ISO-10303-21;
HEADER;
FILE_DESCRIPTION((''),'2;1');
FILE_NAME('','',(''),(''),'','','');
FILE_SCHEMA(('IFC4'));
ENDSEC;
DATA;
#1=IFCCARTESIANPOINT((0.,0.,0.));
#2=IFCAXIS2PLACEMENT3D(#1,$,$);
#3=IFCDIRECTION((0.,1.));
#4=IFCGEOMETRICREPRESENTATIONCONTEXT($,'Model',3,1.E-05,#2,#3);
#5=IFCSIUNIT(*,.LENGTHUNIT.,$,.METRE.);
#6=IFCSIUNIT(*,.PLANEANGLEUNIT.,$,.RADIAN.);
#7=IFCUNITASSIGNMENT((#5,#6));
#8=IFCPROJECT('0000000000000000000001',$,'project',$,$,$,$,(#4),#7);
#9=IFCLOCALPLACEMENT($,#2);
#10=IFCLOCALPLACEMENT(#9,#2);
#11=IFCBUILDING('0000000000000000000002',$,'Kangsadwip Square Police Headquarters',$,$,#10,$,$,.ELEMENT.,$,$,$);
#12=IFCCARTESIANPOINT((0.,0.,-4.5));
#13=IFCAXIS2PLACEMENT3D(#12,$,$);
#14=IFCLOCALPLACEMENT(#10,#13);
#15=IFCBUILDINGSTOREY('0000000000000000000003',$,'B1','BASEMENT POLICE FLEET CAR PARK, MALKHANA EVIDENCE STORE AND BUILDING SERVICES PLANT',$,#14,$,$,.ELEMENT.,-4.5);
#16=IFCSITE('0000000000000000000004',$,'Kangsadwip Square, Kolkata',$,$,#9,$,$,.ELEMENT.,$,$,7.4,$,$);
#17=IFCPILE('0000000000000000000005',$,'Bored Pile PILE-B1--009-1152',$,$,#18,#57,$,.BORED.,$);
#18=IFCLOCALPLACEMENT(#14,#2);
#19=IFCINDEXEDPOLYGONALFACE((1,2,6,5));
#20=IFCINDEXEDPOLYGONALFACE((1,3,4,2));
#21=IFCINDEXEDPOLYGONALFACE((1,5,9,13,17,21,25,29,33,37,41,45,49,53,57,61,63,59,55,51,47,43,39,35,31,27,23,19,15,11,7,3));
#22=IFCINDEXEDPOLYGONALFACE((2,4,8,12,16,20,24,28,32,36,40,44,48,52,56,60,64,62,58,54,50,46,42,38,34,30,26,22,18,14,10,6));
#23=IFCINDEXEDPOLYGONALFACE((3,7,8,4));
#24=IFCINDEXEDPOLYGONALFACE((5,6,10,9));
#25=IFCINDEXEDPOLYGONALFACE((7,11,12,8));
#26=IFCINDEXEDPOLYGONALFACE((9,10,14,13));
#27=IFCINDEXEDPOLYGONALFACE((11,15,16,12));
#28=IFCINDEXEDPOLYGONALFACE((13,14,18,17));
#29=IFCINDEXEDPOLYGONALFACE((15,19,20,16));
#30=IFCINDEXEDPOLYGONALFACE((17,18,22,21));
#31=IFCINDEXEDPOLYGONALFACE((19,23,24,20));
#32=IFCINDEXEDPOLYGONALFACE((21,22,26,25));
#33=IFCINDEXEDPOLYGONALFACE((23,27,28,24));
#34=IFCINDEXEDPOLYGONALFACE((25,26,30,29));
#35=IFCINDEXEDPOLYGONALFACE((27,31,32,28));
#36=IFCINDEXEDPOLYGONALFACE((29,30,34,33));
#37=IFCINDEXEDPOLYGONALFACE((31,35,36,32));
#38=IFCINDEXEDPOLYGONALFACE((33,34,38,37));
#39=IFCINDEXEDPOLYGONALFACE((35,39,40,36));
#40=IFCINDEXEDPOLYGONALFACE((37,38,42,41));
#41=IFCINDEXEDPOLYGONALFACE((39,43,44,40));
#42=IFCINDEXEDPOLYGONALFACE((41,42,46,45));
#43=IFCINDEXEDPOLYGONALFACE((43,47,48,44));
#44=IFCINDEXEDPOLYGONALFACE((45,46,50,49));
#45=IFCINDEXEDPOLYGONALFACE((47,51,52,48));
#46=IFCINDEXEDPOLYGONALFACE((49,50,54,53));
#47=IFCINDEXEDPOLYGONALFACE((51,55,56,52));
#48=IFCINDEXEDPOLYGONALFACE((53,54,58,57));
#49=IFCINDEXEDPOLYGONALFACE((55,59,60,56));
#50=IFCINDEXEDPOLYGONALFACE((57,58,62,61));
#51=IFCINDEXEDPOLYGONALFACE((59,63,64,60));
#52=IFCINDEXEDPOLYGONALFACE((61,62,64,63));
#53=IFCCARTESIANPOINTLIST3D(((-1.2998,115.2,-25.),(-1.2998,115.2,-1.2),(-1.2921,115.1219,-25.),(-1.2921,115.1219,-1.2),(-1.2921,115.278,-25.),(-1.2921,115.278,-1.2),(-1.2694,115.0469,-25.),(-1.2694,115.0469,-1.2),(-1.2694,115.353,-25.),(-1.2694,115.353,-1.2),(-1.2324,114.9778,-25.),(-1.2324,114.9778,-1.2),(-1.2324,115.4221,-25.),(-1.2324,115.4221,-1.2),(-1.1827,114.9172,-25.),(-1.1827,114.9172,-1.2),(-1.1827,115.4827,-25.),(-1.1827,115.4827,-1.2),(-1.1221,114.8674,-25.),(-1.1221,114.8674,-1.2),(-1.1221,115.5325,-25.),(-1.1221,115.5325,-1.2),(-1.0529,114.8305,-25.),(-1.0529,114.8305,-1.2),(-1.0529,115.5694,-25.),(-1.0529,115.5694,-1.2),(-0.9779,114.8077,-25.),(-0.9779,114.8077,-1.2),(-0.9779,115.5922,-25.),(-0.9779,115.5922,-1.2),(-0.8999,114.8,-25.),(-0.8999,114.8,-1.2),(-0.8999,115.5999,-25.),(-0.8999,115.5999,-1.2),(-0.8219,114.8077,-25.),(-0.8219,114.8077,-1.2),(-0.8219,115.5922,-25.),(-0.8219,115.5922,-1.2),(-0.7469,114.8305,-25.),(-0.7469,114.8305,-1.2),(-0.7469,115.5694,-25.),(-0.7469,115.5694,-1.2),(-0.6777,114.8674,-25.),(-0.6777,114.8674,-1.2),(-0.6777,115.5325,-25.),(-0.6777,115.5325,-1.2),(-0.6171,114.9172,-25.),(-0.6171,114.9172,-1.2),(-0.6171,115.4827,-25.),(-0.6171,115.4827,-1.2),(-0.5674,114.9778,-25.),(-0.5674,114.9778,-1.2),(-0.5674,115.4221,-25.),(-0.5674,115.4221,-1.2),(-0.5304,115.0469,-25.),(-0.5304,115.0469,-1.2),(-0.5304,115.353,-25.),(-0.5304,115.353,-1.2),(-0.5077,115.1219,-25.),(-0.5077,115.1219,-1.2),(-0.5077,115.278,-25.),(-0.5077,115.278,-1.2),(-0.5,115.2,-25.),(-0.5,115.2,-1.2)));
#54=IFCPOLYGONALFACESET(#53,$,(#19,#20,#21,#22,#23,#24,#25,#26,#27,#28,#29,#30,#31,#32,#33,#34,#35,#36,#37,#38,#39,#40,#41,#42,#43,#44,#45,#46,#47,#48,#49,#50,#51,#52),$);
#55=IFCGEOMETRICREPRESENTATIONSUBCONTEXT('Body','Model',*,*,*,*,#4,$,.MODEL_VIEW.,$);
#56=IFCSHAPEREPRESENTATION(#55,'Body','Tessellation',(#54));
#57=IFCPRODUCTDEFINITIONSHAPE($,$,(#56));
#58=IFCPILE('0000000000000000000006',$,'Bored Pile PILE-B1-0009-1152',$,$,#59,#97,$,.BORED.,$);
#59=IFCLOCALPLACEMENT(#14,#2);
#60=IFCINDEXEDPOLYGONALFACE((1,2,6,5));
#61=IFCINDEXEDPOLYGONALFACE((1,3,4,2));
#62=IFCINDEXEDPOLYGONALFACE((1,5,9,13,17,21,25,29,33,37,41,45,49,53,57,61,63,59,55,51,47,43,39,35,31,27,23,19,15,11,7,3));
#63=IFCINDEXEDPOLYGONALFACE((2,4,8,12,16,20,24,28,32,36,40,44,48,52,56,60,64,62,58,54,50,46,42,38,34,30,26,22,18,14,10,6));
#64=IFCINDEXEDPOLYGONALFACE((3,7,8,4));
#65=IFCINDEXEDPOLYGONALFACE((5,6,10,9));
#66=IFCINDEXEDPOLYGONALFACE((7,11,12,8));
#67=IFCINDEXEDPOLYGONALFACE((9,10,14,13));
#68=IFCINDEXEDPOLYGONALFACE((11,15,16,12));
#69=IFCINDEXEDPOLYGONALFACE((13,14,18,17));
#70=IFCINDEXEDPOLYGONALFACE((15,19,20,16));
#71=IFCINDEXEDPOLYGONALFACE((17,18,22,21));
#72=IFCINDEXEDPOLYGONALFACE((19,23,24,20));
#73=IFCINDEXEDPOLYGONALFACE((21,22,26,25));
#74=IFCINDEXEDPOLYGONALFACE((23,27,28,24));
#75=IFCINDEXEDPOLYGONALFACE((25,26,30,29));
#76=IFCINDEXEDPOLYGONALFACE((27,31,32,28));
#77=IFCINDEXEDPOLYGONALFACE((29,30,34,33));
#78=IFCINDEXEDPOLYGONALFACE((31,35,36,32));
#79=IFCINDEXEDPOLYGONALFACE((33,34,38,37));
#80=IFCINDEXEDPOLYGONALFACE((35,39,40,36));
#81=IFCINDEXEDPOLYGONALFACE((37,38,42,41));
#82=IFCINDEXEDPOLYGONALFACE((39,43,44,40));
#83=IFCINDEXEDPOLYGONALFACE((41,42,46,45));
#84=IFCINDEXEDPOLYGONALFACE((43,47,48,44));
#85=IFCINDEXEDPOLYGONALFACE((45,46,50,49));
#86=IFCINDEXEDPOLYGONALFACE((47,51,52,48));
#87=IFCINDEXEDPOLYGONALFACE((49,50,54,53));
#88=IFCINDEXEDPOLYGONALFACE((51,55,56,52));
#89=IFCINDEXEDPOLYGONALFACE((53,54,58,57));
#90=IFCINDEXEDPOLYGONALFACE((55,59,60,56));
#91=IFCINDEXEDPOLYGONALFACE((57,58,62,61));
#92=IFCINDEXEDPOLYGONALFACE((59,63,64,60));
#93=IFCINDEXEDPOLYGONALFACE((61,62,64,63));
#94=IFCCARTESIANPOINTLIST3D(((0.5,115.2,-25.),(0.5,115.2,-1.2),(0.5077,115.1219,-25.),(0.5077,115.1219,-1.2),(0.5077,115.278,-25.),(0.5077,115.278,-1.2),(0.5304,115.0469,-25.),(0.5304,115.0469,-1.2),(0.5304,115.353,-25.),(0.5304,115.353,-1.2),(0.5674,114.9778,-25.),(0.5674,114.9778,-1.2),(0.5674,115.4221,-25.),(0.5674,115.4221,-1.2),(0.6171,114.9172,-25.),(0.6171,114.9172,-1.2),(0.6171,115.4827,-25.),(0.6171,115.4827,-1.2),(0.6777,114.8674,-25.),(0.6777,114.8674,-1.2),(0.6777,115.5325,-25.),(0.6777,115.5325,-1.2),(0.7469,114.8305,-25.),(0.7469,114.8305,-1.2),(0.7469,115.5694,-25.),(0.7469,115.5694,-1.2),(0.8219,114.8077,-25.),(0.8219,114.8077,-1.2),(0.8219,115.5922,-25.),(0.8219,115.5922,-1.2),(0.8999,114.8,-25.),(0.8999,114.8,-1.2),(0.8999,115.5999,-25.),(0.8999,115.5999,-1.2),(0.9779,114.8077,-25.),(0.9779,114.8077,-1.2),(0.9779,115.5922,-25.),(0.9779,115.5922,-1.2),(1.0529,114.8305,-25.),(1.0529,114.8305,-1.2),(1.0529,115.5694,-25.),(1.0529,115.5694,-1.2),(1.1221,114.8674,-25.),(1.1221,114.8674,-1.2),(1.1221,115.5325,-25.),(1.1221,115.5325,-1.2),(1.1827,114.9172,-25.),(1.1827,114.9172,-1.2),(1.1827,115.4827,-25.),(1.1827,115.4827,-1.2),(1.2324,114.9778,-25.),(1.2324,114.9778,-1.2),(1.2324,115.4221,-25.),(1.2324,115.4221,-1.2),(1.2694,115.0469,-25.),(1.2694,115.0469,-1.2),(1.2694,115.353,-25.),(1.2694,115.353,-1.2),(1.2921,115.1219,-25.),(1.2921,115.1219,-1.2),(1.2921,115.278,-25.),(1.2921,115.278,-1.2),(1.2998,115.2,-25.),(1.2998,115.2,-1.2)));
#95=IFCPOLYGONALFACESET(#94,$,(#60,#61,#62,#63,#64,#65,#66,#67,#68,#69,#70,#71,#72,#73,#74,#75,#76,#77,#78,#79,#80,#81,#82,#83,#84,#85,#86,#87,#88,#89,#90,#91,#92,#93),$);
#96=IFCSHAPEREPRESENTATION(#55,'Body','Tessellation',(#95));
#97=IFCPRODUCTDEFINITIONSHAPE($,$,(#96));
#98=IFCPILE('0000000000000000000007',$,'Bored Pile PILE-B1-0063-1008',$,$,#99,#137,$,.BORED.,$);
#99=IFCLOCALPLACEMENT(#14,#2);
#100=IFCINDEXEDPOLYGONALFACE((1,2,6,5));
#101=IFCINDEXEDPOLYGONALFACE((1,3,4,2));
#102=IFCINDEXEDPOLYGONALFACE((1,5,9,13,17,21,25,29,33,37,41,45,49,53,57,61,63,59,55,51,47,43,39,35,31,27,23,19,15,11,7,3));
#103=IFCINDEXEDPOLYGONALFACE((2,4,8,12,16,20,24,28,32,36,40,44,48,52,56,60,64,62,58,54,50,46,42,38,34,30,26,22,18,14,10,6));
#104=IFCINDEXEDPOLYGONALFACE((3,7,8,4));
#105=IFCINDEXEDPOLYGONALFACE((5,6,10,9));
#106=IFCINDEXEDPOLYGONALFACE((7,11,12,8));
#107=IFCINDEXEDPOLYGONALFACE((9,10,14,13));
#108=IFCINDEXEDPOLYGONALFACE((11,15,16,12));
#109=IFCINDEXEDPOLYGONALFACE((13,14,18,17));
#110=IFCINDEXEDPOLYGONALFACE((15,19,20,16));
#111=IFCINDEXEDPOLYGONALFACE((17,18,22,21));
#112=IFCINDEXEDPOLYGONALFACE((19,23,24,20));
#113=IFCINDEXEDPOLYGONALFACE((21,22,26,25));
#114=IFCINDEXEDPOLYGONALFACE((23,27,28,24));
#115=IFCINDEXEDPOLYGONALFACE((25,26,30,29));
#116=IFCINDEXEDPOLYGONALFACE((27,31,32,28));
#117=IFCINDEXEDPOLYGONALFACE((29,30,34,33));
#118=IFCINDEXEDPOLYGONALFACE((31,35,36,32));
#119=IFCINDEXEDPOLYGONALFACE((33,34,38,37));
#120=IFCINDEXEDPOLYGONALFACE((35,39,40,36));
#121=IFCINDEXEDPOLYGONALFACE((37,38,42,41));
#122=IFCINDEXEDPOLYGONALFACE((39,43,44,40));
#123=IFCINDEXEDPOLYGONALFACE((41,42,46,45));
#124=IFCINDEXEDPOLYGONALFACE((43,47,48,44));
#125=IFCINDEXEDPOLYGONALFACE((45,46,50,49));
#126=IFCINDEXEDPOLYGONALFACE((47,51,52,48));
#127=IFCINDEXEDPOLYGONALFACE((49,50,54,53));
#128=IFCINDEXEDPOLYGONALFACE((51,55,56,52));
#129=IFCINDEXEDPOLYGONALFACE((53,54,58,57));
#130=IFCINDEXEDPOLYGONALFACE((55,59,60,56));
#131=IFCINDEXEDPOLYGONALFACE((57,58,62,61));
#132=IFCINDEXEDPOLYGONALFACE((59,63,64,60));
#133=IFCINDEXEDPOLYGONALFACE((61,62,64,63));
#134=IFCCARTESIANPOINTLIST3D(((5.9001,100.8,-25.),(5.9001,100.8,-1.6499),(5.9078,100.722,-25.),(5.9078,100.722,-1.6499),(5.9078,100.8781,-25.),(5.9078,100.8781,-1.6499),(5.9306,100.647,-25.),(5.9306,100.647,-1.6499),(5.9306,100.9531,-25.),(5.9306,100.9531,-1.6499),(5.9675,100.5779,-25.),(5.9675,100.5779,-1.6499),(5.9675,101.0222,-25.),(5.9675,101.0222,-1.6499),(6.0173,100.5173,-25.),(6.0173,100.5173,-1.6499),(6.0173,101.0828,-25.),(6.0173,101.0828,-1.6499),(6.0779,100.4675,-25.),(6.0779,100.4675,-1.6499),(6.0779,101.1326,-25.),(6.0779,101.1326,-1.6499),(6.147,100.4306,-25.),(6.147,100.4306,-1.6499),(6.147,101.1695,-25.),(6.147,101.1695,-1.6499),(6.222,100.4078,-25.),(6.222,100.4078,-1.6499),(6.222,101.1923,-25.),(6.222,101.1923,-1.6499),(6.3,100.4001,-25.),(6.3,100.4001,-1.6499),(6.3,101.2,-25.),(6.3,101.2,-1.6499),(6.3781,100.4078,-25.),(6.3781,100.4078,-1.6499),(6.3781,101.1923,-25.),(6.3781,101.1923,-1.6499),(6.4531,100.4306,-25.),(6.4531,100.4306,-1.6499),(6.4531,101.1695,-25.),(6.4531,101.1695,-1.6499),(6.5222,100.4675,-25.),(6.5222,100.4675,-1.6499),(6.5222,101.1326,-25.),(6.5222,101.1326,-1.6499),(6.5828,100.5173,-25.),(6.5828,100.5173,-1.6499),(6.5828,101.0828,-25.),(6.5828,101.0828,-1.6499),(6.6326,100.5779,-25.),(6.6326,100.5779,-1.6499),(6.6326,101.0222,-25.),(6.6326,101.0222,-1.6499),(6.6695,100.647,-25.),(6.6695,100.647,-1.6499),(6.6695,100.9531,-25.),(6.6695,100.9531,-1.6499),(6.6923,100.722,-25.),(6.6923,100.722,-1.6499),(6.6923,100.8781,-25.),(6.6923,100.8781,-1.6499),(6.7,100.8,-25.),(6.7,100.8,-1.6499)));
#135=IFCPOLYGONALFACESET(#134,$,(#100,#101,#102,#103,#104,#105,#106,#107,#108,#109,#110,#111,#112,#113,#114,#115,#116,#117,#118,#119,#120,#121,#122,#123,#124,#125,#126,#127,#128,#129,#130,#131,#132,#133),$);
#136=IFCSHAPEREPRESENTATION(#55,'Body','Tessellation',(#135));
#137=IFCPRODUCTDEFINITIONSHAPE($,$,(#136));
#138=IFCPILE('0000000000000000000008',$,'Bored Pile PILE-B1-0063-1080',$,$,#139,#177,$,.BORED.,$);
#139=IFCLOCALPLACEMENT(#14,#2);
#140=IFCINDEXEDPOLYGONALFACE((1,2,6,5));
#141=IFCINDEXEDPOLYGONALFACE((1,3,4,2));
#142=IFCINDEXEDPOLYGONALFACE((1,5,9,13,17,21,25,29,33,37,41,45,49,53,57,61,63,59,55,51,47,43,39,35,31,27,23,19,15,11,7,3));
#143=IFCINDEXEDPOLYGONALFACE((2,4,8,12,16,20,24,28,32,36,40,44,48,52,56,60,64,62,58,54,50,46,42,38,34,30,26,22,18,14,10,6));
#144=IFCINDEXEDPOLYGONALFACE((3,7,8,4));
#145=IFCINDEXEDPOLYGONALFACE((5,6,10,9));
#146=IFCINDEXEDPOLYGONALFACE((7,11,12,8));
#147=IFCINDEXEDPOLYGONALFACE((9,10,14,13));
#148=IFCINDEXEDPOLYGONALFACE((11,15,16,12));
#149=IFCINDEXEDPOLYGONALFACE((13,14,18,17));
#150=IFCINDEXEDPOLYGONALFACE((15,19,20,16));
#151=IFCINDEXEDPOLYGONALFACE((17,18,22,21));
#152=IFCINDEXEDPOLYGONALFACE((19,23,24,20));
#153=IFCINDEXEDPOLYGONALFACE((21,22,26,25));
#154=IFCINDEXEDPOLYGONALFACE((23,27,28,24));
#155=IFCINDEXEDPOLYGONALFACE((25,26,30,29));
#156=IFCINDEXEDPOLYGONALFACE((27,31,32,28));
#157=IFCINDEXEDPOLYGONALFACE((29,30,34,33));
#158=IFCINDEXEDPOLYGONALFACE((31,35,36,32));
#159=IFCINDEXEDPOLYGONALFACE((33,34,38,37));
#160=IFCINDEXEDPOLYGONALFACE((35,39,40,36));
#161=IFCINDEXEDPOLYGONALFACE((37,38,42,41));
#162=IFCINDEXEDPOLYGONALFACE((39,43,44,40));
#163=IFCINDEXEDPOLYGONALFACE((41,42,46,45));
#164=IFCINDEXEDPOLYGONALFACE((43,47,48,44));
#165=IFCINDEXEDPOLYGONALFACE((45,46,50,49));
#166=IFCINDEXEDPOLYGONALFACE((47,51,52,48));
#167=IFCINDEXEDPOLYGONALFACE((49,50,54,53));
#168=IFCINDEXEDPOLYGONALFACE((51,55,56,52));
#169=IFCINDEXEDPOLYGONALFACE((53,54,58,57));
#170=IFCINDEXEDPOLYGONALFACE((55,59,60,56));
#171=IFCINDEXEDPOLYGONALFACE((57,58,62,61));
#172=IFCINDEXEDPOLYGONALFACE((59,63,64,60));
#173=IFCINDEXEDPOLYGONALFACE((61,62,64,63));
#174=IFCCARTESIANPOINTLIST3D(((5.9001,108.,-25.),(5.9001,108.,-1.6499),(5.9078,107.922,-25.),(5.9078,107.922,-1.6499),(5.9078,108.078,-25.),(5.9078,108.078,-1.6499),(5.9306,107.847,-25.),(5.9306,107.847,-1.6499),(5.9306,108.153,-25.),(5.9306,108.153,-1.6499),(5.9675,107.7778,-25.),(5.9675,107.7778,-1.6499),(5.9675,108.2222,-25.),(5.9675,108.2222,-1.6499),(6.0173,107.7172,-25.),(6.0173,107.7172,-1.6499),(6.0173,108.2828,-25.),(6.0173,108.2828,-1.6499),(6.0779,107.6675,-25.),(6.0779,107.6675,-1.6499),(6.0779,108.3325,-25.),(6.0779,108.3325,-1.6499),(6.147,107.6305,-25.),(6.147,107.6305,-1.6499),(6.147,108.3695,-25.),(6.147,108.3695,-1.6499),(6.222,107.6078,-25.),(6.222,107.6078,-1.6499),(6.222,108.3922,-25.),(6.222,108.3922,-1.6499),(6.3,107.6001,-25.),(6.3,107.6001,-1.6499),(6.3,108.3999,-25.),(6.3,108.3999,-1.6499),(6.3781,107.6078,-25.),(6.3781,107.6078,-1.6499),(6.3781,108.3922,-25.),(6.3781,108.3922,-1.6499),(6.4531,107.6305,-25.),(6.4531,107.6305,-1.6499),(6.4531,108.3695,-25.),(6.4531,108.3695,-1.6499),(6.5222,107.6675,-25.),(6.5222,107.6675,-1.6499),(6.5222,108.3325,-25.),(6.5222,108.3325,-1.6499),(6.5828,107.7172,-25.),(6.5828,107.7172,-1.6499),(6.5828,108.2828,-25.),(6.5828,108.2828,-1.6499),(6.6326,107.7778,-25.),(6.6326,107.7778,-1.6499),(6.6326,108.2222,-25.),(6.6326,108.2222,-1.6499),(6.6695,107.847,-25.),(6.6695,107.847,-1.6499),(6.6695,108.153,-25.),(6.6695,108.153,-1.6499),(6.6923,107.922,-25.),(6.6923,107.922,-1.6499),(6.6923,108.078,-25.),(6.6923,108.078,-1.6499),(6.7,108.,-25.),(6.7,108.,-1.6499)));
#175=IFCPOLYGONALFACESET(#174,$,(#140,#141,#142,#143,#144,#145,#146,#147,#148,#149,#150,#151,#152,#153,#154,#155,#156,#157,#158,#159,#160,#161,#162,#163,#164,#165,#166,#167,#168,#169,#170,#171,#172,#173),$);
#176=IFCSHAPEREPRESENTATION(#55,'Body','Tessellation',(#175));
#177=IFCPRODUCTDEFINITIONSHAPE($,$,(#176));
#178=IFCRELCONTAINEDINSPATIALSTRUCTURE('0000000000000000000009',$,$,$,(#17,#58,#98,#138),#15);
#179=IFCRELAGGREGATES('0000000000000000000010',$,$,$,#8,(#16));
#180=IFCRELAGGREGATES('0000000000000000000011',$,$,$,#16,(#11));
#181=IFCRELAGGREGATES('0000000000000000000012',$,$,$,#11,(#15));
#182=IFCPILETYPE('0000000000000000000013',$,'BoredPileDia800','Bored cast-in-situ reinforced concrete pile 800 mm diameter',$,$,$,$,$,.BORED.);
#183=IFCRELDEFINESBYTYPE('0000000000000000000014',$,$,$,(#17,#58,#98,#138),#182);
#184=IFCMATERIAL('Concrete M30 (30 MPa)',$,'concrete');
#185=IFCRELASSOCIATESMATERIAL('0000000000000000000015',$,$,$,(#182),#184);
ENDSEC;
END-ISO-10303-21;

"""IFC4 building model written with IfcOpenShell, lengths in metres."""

from ifc_helpers import new_model, si_unit, direction, frame, origin, origin_2d, place, context, subcontext, project, spatial, circle, extrude, material, material_profile, profile_set, type_object, element, save


model = new_model("IFC4")

# Units and contexts
model_context = context("Model", 3, precision=1e-05, world=origin(), true_north=direction((0.0, 1.0)))
body_context = subcontext(model_context, "Body", "Model", "MODEL_VIEW")
ifc_project = project(units=[si_unit("LENGTHUNIT", "METRE"), si_unit("PLANEANGLEUNIT", "RADIAN")], contexts=[model_context])

# Site, building, storey
site_placement = place(None, origin())
site = spatial("IfcSite", under=ifc_project, at=site_placement, Name="Kangsadwip Square, Kolkata", CompositionType="ELEMENT", RefElevation=7.4)
building_placement = place(site_placement, origin())
building = spatial("IfcBuilding", under=site, at=building_placement, Name="Kangsadwip Square Police Headquarters", CompositionType="ELEMENT")
storey_placement = place(building_placement, frame((0.0, 0.0, -4.5)))
storey = spatial("IfcBuildingStorey", under=building, at=storey_placement, Name="B1", Description="BASEMENT POLICE FLEET CAR PARK, MALKHANA EVIDENCE STORE AND BUILDING SERVICES PLANT", CompositionType="ELEMENT", Elevation=-4.5)

# Piles
ifc_material_1 = material(Name="Concrete M30 (30 MPa)", Category="concrete")
ifc_material_profile_1 = material_profile(ifc_material_1, circle(Radius=0.3999, at=origin_2d()), Name="PILE DIA 800")
ifc_profile_set_1 = profile_set([ifc_material_profile_1], Name="Concrete M30 (30 MPa)")
pile_type = type_object("IfcPileType", Name="BoredPileDia800", Description="Bored cast-in-situ reinforced concrete pile 800 mm diameter", PredefinedType="BORED", material=ifc_profile_set_1)
for number, where, z_axis, x_axis, name in (
    (1, (-0.8999, 115.2, -1.2), (0.0, 0.0, -1.0), (1.0, 0.0, 0.0), "Bored Pile PILE-B1--009-1152"),
    (2, (0.8999, 115.2, -1.2), (0.0, 0.0, -1.0), (1.0, 0.0, 0.0), "Bored Pile PILE-B1-0009-1152"),
):
    element("IfcPile", number, at=place(storey_placement, frame(where, z_axis=z_axis, x_axis=x_axis)), inside=storey, type_object=pile_type, Name=name, PredefinedType="BORED", context=body_context, shape_type="SweptSolid", body=[
        extrude(circle(Radius=0.3999, at=origin_2d()), origin(), (0.0, 0.0, 1.0), 23.8),
    ])
for number, where, z_axis, x_axis, name in (
    (3, (6.3, 100.8, -1.6499), (0.0, 0.0, -1.0), (1.0, 0.0, 0.0), "Bored Pile PILE-B1-0063-1008"),
    (4, (6.3, 108.0, -1.6499), (0.0, 0.0, -1.0), (1.0, 0.0, 0.0), "Bored Pile PILE-B1-0063-1080"),
):
    element("IfcPile", number, at=place(storey_placement, frame(where, z_axis=z_axis, x_axis=x_axis)), inside=storey, type_object=pile_type, Name=name, PredefinedType="BORED", context=body_context, shape_type="SweptSolid", body=[
        extrude(circle(Radius=0.3999, at=origin_2d()), origin(), (0.0, 0.0, 1.0), 23.3501),
    ])

save(model, "model.ifc")
